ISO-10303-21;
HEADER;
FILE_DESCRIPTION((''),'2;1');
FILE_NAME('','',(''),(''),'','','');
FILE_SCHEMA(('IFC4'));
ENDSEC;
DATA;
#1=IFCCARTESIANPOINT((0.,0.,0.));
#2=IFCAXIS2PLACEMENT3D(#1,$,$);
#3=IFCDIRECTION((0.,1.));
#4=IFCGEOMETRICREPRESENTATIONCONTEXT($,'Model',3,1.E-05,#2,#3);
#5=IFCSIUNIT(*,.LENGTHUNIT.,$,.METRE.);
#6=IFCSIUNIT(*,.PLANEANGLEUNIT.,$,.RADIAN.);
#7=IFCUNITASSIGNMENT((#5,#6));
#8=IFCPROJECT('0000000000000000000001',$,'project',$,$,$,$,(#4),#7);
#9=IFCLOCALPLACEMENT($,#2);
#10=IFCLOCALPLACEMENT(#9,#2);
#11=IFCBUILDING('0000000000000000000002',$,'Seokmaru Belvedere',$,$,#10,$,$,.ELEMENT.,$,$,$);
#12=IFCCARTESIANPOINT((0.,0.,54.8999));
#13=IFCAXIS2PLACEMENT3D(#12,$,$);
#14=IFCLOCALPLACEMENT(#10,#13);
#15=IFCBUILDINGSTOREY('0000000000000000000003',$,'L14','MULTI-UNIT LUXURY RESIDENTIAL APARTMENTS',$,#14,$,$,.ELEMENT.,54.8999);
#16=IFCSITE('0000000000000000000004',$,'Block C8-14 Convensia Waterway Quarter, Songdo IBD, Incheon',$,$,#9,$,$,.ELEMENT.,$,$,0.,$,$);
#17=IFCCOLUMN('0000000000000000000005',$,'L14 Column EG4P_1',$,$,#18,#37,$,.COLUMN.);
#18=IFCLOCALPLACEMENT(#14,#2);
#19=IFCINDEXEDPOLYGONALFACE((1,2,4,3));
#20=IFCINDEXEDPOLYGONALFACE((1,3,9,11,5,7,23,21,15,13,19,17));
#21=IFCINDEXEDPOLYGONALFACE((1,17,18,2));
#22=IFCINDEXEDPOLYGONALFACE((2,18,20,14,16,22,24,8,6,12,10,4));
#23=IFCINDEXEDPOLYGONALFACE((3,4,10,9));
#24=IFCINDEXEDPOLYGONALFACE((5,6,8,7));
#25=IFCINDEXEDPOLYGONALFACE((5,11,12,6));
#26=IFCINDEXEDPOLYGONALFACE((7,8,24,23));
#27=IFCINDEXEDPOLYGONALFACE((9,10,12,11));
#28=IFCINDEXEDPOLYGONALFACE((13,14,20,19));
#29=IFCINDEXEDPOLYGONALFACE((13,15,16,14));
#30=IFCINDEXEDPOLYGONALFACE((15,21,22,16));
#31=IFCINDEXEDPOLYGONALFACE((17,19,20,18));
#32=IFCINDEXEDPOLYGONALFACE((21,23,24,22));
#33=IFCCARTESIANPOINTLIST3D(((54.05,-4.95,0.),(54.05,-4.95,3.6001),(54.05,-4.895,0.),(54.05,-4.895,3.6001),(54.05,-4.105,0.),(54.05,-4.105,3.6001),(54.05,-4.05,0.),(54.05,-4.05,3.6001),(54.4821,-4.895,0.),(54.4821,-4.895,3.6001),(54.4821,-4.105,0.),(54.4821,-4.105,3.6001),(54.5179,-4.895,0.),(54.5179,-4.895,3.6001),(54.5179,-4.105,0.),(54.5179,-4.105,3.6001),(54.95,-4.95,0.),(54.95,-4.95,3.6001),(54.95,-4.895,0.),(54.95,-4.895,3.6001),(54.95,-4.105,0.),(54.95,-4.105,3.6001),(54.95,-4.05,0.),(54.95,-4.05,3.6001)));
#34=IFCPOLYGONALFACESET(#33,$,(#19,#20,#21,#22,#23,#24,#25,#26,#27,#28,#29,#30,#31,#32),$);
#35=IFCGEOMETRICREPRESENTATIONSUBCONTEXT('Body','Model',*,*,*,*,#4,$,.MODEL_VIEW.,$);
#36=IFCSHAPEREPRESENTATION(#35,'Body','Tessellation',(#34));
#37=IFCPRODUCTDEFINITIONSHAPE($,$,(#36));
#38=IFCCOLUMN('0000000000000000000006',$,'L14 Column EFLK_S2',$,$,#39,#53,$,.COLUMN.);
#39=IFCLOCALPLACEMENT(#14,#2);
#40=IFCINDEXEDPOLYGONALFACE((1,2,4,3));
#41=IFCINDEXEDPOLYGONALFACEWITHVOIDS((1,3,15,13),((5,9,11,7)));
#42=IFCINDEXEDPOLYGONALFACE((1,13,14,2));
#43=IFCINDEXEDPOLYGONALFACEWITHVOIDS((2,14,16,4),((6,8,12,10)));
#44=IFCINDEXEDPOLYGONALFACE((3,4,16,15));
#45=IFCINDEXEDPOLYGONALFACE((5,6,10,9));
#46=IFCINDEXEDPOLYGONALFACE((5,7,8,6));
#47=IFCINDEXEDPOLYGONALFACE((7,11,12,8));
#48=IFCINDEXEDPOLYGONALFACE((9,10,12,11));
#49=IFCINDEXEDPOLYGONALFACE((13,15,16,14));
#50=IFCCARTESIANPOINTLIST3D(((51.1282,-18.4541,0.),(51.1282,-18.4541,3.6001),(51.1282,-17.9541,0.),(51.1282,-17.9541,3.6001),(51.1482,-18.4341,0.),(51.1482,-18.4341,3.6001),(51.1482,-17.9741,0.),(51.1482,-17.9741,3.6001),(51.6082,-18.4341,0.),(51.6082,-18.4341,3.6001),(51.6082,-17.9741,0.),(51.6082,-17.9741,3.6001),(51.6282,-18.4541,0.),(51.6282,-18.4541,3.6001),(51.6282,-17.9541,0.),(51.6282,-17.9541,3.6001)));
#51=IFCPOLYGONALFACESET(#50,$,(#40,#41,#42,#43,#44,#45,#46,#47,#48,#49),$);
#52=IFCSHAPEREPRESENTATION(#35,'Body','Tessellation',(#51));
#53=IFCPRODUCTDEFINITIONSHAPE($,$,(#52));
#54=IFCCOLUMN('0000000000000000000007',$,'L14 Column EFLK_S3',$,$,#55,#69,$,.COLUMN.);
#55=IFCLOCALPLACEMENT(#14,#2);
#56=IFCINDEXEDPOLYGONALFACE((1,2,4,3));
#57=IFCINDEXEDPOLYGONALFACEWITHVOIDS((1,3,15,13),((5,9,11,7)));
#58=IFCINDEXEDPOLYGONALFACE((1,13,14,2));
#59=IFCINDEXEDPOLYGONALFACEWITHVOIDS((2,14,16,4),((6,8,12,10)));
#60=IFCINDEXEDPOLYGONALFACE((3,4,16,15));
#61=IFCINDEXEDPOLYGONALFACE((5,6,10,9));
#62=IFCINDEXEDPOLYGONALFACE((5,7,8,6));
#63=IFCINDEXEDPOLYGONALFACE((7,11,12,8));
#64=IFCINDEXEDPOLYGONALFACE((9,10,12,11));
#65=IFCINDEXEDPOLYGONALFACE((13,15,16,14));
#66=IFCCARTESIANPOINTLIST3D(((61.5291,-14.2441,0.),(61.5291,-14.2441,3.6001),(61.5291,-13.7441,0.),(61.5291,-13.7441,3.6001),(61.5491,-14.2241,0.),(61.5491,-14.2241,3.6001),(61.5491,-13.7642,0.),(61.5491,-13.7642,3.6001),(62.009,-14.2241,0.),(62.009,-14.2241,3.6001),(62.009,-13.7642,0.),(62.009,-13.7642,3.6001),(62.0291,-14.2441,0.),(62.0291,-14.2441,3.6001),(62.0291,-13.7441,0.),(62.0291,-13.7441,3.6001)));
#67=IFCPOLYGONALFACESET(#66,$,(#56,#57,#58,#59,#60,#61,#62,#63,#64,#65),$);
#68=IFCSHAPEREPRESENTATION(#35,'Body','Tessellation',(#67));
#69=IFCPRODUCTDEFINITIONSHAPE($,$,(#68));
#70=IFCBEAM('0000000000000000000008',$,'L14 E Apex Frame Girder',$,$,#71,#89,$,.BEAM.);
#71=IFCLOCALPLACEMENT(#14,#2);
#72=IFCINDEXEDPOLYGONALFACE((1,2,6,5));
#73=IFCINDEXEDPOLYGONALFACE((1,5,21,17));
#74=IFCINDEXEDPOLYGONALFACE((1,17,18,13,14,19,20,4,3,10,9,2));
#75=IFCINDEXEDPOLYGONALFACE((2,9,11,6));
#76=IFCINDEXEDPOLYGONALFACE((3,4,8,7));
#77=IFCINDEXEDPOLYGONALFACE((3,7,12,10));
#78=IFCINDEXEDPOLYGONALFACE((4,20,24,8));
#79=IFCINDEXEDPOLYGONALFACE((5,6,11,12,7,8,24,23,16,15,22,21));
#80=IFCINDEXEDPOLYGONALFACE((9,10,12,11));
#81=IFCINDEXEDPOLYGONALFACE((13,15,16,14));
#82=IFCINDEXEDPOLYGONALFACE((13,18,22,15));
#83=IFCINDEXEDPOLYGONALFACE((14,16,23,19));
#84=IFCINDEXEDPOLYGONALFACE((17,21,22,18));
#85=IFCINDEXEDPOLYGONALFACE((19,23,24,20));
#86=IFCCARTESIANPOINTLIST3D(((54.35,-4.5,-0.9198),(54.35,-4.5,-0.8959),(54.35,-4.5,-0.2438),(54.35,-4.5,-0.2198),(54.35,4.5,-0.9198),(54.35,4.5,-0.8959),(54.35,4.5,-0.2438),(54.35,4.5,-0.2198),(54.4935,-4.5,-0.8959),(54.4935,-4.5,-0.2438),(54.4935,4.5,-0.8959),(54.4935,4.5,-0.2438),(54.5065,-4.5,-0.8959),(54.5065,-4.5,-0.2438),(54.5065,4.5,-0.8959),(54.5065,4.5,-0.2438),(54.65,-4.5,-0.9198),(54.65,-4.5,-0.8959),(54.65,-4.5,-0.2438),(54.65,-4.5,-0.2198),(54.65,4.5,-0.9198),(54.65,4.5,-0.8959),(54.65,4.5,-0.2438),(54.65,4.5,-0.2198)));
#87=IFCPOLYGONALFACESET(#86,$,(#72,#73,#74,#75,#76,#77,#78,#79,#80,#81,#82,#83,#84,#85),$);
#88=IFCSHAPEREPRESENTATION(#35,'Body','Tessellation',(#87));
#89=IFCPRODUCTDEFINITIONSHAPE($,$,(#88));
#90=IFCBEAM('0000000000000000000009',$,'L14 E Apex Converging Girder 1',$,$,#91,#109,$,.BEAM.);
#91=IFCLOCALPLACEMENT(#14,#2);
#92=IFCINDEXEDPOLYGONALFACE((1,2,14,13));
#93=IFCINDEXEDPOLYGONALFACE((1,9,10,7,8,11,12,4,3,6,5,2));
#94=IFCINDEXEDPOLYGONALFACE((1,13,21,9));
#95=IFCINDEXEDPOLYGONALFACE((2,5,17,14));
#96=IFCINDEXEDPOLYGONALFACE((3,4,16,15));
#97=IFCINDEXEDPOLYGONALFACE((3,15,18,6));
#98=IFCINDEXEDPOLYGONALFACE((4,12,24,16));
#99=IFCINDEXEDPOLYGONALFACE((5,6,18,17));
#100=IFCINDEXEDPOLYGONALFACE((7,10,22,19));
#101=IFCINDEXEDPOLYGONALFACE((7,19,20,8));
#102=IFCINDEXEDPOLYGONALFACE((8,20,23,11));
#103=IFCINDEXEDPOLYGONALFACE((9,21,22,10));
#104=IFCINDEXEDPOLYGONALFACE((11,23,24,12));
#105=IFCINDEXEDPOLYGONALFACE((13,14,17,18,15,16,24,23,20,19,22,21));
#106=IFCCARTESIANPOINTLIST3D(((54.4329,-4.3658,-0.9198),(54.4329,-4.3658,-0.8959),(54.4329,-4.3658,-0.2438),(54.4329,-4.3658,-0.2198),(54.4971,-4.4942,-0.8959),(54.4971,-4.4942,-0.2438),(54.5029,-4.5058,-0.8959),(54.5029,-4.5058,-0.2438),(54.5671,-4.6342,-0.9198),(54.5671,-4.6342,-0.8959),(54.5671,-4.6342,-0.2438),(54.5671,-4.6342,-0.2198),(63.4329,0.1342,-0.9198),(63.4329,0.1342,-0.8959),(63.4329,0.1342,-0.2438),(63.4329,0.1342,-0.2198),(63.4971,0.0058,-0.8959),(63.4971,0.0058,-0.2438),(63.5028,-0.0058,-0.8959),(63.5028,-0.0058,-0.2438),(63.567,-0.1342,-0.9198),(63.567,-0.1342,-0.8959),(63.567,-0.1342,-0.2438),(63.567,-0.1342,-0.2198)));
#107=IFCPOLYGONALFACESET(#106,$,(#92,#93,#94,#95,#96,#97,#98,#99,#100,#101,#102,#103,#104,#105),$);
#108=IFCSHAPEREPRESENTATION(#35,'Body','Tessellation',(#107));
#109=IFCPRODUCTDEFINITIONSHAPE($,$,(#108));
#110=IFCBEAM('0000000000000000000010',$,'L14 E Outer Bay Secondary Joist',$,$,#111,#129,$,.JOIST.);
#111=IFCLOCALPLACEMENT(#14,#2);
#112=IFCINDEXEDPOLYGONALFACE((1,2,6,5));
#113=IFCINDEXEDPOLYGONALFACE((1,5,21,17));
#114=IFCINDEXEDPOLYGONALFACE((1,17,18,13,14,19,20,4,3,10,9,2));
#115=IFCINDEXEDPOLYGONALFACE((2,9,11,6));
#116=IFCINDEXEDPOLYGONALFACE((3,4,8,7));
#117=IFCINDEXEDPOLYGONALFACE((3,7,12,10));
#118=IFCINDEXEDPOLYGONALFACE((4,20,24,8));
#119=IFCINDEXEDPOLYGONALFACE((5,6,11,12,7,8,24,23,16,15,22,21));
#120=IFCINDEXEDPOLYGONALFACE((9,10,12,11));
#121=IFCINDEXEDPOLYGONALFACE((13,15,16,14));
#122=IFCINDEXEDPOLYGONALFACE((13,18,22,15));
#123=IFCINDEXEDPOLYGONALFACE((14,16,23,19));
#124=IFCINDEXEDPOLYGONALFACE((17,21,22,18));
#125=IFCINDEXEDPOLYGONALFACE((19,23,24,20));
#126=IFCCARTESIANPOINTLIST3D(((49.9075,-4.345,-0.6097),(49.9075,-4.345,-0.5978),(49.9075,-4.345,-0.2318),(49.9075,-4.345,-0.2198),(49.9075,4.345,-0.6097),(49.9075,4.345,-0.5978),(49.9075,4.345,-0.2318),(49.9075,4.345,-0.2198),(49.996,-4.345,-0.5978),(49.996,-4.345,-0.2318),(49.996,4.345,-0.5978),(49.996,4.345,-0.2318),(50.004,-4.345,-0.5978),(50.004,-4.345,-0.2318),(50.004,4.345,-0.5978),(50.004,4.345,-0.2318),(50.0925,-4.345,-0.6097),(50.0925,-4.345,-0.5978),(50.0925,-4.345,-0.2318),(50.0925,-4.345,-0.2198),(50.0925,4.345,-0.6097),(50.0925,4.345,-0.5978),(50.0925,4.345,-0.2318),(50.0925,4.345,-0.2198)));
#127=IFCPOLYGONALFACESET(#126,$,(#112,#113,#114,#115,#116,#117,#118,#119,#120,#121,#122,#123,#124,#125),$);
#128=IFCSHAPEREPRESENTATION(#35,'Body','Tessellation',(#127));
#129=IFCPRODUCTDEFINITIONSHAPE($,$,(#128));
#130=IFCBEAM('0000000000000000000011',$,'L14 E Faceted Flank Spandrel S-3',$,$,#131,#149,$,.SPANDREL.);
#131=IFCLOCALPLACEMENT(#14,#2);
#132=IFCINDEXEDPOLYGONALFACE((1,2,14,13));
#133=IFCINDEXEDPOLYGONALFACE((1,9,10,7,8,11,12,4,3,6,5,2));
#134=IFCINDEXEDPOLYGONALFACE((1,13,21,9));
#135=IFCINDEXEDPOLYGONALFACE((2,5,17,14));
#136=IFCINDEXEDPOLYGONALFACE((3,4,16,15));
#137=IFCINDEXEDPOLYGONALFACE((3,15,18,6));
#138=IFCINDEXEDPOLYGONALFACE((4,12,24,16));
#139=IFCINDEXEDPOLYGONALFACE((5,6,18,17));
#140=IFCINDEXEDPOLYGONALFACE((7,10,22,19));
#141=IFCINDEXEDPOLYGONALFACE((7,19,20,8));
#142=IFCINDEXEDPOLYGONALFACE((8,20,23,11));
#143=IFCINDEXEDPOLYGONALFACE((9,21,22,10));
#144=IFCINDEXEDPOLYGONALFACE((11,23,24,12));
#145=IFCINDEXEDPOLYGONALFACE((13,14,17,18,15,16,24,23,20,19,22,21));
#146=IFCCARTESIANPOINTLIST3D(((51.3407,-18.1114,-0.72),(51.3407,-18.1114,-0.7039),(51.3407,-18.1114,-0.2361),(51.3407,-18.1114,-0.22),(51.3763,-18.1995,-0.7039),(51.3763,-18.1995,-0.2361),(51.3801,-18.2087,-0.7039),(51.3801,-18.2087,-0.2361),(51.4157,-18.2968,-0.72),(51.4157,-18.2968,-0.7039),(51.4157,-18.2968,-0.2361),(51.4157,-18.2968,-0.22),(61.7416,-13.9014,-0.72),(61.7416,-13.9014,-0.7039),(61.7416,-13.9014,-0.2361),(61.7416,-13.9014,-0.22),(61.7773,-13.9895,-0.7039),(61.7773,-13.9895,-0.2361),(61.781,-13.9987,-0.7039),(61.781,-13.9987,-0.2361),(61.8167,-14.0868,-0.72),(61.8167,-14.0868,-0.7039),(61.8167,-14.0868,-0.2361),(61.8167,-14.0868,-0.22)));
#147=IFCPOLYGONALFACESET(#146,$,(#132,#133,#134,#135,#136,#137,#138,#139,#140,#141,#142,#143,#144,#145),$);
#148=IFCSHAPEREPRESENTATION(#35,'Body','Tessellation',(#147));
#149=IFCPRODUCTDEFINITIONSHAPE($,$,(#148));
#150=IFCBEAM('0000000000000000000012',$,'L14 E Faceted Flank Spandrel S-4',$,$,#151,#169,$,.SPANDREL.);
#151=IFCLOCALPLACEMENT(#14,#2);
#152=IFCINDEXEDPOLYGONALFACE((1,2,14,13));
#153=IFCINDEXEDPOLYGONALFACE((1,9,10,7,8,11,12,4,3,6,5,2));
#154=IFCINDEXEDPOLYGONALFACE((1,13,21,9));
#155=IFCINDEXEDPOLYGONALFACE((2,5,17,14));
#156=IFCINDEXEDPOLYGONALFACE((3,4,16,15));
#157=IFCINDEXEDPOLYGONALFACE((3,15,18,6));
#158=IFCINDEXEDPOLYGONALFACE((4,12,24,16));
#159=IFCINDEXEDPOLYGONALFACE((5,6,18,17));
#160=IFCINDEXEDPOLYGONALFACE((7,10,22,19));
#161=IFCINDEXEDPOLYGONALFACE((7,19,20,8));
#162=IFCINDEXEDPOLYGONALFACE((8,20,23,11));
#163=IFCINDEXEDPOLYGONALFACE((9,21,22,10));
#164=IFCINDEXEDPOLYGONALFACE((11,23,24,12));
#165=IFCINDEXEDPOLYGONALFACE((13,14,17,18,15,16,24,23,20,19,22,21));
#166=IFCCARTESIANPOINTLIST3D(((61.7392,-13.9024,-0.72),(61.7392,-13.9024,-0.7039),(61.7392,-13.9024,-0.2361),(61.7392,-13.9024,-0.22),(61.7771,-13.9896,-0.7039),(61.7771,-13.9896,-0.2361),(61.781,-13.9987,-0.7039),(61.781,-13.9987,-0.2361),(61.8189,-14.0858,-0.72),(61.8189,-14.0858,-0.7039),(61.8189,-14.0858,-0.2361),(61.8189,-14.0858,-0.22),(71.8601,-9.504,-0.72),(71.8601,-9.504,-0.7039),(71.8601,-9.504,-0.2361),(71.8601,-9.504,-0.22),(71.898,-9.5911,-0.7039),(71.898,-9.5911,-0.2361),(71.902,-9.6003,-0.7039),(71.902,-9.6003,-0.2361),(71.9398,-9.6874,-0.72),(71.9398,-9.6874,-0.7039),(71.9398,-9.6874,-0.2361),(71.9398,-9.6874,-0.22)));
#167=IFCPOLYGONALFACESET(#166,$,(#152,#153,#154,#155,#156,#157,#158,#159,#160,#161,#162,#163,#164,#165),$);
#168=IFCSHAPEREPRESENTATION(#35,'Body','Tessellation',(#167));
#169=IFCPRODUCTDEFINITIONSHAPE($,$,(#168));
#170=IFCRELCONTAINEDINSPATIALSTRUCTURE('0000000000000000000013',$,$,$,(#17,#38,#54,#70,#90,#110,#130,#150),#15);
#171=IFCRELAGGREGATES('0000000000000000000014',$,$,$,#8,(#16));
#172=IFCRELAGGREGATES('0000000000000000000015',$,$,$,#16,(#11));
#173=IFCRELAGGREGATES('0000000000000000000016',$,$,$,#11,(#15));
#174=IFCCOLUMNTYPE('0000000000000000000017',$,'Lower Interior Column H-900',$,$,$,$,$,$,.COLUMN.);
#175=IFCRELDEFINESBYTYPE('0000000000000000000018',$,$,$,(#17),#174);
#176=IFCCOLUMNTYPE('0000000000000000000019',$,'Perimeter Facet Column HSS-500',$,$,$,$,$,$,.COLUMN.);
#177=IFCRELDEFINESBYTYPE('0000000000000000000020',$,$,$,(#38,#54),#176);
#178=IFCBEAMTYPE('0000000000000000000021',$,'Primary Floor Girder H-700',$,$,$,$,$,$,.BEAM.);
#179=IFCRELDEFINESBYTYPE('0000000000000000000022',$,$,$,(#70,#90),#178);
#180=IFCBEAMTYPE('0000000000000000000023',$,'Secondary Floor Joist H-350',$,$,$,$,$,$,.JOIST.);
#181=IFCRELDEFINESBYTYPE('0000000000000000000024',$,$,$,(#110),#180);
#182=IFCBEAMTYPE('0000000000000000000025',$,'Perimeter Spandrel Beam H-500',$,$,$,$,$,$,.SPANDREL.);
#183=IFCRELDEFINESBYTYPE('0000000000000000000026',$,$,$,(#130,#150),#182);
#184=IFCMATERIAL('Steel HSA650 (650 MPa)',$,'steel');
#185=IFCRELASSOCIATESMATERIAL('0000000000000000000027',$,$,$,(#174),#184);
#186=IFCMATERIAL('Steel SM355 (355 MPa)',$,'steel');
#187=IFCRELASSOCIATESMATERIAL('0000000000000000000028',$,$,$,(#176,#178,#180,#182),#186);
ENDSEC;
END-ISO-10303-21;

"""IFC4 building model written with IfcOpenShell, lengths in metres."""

from ifc_helpers import new_model, si_unit, direction, frame, origin, origin_2d, place, context, subcontext, project, spatial, hollow_rectangle, i_section, extrude, source, transform, mapped, material, material_profile, profile_set, type_object, type_shapes, element, save


model = new_model("IFC4")

# Units and contexts
model_context = context("Model", 3, precision=1e-05, world=origin(), true_north=direction((0.0, 1.0)))
body_context = subcontext(model_context, "Body", "Model", "MODEL_VIEW")
ifc_project = project(units=[si_unit("LENGTHUNIT", "METRE"), si_unit("PLANEANGLEUNIT", "RADIAN")], contexts=[model_context])

# Site, building, storey
site_placement = place(None, origin())
site = spatial("IfcSite", under=ifc_project, at=site_placement, Name="Block C8-14 Convensia Waterway Quarter, Songdo IBD, Incheon", CompositionType="ELEMENT", RefElevation=0.0)
building_placement = place(site_placement, origin())
building = spatial("IfcBuilding", under=site, at=building_placement, Name="Seokmaru Belvedere", CompositionType="ELEMENT")
storey_placement = place(building_placement, frame((0.0, 0.0, 54.8999)))
storey = spatial("IfcBuildingStorey", under=building, at=storey_placement, Name="L14", Description="MULTI-UNIT LUXURY RESIDENTIAL APARTMENTS", CompositionType="ELEMENT", Elevation=54.8999)

# Columns
ifc_material_1 = material(Name="Steel HSA650 (650 MPa)", Category="steel")
ifc_material_profile_1 = material_profile(ifc_material_1, i_section(OverallWidth=0.8999, OverallDepth=0.8999, WebThickness=0.0359, FlangeThickness=0.0549, at=origin_2d()), Name="H-900x900x36x55")
ifc_profile_set_1 = profile_set([ifc_material_profile_1], Name="Steel HSA650 (650 MPa)")
column_type_1 = type_object("IfcColumnType", Name="Lower Interior Column H-900", PredefinedType="COLUMN", material=ifc_profile_set_1)
shared_shape_1 = source(origin(), body_context, "Body", "SweptSolid", [
    extrude(i_section(OverallWidth=0.8999, OverallDepth=0.8999, WebThickness=0.0359, FlangeThickness=0.0549, at=origin_2d()), origin(), (0.0, 0.0, 1.0), 3.6001),
])
type_shapes(column_type_1, [shared_shape_1])
column_placement = place(storey_placement, frame((54.5, -4.5, 0.0), z_axis=(0.0, 0.0, 1.0), x_axis=(1.0, 0.0, 0.0)))
element("IfcColumn", 1, at=column_placement, inside=storey, type_object=column_type_1, Name="L14 Column EG4P_1", PredefinedType="COLUMN", context=body_context, shape_type="MappedRepresentation", body=[
    mapped(shared_shape_1, transform((0.0, 0.0, 0.0), scale=1.0)),
])
ifc_material_2 = material(Name="Steel SM355 (355 MPa)", Category="steel")
ifc_material_profile_2 = material_profile(ifc_material_2, hollow_rectangle(XDim=0.5, YDim=0.5, WallThickness=0.02, at=origin_2d()), Name="HSS-500x500x20")
ifc_profile_set_2 = profile_set([ifc_material_profile_2], Name="Steel SM355 (355 MPa)")
column_type_2 = type_object("IfcColumnType", Name="Perimeter Facet Column HSS-500", PredefinedType="COLUMN", material=ifc_profile_set_2)
shared_shape_2 = source(origin(), body_context, "Body", "SweptSolid", [
    extrude(hollow_rectangle(XDim=0.5, YDim=0.5, WallThickness=0.02, at=origin_2d()), origin(), (0.0, 0.0, 1.0), 3.6001),
])
type_shapes(column_type_2, [shared_shape_2])
for number, where, z_axis, x_axis, name in (
    (2, (51.3782, -18.2041, 0.0), (0.0, 0.0, 1.0), (1.0, 0.0, 0.0), "L14 Column EFLK_S2"),
    (3, (61.7791, -13.9941, 0.0), (0.0, 0.0, 1.0), (1.0, 0.0, 0.0), "L14 Column EFLK_S3"),
):
    element("IfcColumn", number, at=place(storey_placement, frame(where, z_axis=z_axis, x_axis=x_axis)), inside=storey, type_object=column_type_2, Name=name, PredefinedType="COLUMN", context=body_context, shape_type="MappedRepresentation", body=[
        mapped(shared_shape_2, transform((0.0, 0.0, 0.0), scale=1.0)),
    ])

# Beams
ifc_material_profile_3 = material_profile(ifc_material_2, i_section(OverallWidth=0.3, OverallDepth=0.7, WebThickness=0.0129, FlangeThickness=0.0239, at=origin_2d()), Name="H-700x300x13x24")
ifc_profile_set_3 = profile_set([ifc_material_profile_3], Name="Steel SM355 (355 MPa)")
beam_type_1 = type_object("IfcBeamType", Name="Primary Floor Girder H-700", PredefinedType="BEAM", material=ifc_profile_set_3)
shared_shape_3 = source(origin(), body_context, "Body", "SweptSolid", [
    extrude(i_section(OverallWidth=0.3, OverallDepth=0.7, WebThickness=0.0129, FlangeThickness=0.0239, at=origin_2d()), origin(), (0.0, 0.0, 1.0), 9.0),
])
beam_1_placement = place(storey_placement, frame((54.5, -4.5, -0.5698), z_axis=(0.0, 1.0, 0.0), x_axis=(-1.0, 0.0, 0.0)))
element("IfcBeam", 4, at=beam_1_placement, inside=storey, type_object=beam_type_1, Name="L14 E Apex Frame Girder", PredefinedType="BEAM", context=body_context, shape_type="MappedRepresentation", body=[
    mapped(shared_shape_3, transform((0.0, 0.0, 0.0), scale=1.0)),
])
shared_shape_4 = source(origin(), body_context, "Body", "SweptSolid", [
    extrude(i_section(OverallWidth=0.3, OverallDepth=0.7, WebThickness=0.0129, FlangeThickness=0.0239, at=origin_2d()), origin(), (0.0, 0.0, 1.0), 10.0623),
])
beam_2_placement = place(storey_placement, frame((54.5, -4.5, -0.5698), z_axis=(0.894427, 0.447214, 0.0), x_axis=(-0.447214, 0.894427, 0.0)))
element("IfcBeam", 5, at=beam_2_placement, inside=storey, type_object=beam_type_1, Name="L14 E Apex Converging Girder 1", PredefinedType="BEAM", context=body_context, shape_type="MappedRepresentation", body=[
    mapped(shared_shape_4, transform((0.0, 0.0, 0.0), scale=1.0)),
])
ifc_material_profile_4 = material_profile(ifc_material_2, i_section(OverallWidth=0.1851, OverallDepth=0.3899, WebThickness=0.0081, FlangeThickness=0.012, at=origin_2d()), Name="H-390x185x8x12")
ifc_profile_set_4 = profile_set([ifc_material_profile_4], Name="Steel SM355 (355 MPa)")
beam_type_2 = type_object("IfcBeamType", Name="Secondary Floor Joist H-350", PredefinedType="JOIST", material=ifc_profile_set_4)
shared_shape_5 = source(origin(), body_context, "Body", "SweptSolid", [
    extrude(i_section(OverallWidth=0.1851, OverallDepth=0.3899, WebThickness=0.0081, FlangeThickness=0.012, at=origin_2d()), origin(), (0.0, 0.0, 1.0), 8.6899),
])
type_shapes(beam_type_2, [shared_shape_5])
beam_3_placement = place(storey_placement, frame((50.0, -4.345, -0.4148), z_axis=(0.0, 1.0, 0.0), x_axis=(-1.0, 0.0, 0.0)))
element("IfcBeam", 6, at=beam_3_placement, inside=storey, type_object=beam_type_2, Name="L14 E Outer Bay Secondary Joist", PredefinedType="JOIST", context=body_context, shape_type="MappedRepresentation", body=[
    mapped(shared_shape_5, transform((0.0, 0.0, 0.0), scale=1.0)),
])
ifc_material_profile_5 = material_profile(ifc_material_2, i_section(OverallWidth=0.2, OverallDepth=0.5, WebThickness=0.01, FlangeThickness=0.0161, at=origin_2d()), Name="H-500x200x10x16")
ifc_profile_set_5 = profile_set([ifc_material_profile_5], Name="Steel SM355 (355 MPa)")
beam_type_3 = type_object("IfcBeamType", Name="Perimeter Spandrel Beam H-500", PredefinedType="SPANDREL", material=ifc_profile_set_5)
shared_shape_6 = source(origin(), body_context, "Body", "SweptSolid", [
    extrude(i_section(OverallWidth=0.2, OverallDepth=0.5, WebThickness=0.01, FlangeThickness=0.0161, at=origin_2d()), origin(), (0.0, 0.0, 1.0), 11.2207),
])
beam_4_placement = place(storey_placement, frame((51.3782, -18.2041, -0.47), z_axis=(0.926944, 0.375199, 0.0), x_axis=(-0.375199, 0.926944, 0.0)))
element("IfcBeam", 7, at=beam_4_placement, inside=storey, type_object=beam_type_3, Name="L14 E Faceted Flank Spandrel S-3", PredefinedType="SPANDREL", context=body_context, shape_type="MappedRepresentation", body=[
    mapped(shared_shape_6, transform((0.0, 0.0, 0.0), scale=1.0)),
])
shared_shape_7 = source(origin(), body_context, "Body", "SweptSolid", [
    extrude(i_section(OverallWidth=0.2, OverallDepth=0.5, WebThickness=0.01, FlangeThickness=0.0161, at=origin_2d()), origin(), (0.0, 0.0, 1.0), 11.0354),
])
type_shapes(beam_type_3, [shared_shape_6, shared_shape_7])
beam_5_placement = place(storey_placement, frame((61.7791, -13.9941, -0.47), z_axis=(0.917134, 0.398579, 0.0), x_axis=(-0.398579, 0.917134, 0.0)))
element("IfcBeam", 8, at=beam_5_placement, inside=storey, type_object=beam_type_3, Name="L14 E Faceted Flank Spandrel S-4", PredefinedType="SPANDREL", context=body_context, shape_type="MappedRepresentation", body=[
    mapped(shared_shape_7, transform((0.0, 0.0, 0.0), scale=1.0)),
])

save(model, "model.ifc")
